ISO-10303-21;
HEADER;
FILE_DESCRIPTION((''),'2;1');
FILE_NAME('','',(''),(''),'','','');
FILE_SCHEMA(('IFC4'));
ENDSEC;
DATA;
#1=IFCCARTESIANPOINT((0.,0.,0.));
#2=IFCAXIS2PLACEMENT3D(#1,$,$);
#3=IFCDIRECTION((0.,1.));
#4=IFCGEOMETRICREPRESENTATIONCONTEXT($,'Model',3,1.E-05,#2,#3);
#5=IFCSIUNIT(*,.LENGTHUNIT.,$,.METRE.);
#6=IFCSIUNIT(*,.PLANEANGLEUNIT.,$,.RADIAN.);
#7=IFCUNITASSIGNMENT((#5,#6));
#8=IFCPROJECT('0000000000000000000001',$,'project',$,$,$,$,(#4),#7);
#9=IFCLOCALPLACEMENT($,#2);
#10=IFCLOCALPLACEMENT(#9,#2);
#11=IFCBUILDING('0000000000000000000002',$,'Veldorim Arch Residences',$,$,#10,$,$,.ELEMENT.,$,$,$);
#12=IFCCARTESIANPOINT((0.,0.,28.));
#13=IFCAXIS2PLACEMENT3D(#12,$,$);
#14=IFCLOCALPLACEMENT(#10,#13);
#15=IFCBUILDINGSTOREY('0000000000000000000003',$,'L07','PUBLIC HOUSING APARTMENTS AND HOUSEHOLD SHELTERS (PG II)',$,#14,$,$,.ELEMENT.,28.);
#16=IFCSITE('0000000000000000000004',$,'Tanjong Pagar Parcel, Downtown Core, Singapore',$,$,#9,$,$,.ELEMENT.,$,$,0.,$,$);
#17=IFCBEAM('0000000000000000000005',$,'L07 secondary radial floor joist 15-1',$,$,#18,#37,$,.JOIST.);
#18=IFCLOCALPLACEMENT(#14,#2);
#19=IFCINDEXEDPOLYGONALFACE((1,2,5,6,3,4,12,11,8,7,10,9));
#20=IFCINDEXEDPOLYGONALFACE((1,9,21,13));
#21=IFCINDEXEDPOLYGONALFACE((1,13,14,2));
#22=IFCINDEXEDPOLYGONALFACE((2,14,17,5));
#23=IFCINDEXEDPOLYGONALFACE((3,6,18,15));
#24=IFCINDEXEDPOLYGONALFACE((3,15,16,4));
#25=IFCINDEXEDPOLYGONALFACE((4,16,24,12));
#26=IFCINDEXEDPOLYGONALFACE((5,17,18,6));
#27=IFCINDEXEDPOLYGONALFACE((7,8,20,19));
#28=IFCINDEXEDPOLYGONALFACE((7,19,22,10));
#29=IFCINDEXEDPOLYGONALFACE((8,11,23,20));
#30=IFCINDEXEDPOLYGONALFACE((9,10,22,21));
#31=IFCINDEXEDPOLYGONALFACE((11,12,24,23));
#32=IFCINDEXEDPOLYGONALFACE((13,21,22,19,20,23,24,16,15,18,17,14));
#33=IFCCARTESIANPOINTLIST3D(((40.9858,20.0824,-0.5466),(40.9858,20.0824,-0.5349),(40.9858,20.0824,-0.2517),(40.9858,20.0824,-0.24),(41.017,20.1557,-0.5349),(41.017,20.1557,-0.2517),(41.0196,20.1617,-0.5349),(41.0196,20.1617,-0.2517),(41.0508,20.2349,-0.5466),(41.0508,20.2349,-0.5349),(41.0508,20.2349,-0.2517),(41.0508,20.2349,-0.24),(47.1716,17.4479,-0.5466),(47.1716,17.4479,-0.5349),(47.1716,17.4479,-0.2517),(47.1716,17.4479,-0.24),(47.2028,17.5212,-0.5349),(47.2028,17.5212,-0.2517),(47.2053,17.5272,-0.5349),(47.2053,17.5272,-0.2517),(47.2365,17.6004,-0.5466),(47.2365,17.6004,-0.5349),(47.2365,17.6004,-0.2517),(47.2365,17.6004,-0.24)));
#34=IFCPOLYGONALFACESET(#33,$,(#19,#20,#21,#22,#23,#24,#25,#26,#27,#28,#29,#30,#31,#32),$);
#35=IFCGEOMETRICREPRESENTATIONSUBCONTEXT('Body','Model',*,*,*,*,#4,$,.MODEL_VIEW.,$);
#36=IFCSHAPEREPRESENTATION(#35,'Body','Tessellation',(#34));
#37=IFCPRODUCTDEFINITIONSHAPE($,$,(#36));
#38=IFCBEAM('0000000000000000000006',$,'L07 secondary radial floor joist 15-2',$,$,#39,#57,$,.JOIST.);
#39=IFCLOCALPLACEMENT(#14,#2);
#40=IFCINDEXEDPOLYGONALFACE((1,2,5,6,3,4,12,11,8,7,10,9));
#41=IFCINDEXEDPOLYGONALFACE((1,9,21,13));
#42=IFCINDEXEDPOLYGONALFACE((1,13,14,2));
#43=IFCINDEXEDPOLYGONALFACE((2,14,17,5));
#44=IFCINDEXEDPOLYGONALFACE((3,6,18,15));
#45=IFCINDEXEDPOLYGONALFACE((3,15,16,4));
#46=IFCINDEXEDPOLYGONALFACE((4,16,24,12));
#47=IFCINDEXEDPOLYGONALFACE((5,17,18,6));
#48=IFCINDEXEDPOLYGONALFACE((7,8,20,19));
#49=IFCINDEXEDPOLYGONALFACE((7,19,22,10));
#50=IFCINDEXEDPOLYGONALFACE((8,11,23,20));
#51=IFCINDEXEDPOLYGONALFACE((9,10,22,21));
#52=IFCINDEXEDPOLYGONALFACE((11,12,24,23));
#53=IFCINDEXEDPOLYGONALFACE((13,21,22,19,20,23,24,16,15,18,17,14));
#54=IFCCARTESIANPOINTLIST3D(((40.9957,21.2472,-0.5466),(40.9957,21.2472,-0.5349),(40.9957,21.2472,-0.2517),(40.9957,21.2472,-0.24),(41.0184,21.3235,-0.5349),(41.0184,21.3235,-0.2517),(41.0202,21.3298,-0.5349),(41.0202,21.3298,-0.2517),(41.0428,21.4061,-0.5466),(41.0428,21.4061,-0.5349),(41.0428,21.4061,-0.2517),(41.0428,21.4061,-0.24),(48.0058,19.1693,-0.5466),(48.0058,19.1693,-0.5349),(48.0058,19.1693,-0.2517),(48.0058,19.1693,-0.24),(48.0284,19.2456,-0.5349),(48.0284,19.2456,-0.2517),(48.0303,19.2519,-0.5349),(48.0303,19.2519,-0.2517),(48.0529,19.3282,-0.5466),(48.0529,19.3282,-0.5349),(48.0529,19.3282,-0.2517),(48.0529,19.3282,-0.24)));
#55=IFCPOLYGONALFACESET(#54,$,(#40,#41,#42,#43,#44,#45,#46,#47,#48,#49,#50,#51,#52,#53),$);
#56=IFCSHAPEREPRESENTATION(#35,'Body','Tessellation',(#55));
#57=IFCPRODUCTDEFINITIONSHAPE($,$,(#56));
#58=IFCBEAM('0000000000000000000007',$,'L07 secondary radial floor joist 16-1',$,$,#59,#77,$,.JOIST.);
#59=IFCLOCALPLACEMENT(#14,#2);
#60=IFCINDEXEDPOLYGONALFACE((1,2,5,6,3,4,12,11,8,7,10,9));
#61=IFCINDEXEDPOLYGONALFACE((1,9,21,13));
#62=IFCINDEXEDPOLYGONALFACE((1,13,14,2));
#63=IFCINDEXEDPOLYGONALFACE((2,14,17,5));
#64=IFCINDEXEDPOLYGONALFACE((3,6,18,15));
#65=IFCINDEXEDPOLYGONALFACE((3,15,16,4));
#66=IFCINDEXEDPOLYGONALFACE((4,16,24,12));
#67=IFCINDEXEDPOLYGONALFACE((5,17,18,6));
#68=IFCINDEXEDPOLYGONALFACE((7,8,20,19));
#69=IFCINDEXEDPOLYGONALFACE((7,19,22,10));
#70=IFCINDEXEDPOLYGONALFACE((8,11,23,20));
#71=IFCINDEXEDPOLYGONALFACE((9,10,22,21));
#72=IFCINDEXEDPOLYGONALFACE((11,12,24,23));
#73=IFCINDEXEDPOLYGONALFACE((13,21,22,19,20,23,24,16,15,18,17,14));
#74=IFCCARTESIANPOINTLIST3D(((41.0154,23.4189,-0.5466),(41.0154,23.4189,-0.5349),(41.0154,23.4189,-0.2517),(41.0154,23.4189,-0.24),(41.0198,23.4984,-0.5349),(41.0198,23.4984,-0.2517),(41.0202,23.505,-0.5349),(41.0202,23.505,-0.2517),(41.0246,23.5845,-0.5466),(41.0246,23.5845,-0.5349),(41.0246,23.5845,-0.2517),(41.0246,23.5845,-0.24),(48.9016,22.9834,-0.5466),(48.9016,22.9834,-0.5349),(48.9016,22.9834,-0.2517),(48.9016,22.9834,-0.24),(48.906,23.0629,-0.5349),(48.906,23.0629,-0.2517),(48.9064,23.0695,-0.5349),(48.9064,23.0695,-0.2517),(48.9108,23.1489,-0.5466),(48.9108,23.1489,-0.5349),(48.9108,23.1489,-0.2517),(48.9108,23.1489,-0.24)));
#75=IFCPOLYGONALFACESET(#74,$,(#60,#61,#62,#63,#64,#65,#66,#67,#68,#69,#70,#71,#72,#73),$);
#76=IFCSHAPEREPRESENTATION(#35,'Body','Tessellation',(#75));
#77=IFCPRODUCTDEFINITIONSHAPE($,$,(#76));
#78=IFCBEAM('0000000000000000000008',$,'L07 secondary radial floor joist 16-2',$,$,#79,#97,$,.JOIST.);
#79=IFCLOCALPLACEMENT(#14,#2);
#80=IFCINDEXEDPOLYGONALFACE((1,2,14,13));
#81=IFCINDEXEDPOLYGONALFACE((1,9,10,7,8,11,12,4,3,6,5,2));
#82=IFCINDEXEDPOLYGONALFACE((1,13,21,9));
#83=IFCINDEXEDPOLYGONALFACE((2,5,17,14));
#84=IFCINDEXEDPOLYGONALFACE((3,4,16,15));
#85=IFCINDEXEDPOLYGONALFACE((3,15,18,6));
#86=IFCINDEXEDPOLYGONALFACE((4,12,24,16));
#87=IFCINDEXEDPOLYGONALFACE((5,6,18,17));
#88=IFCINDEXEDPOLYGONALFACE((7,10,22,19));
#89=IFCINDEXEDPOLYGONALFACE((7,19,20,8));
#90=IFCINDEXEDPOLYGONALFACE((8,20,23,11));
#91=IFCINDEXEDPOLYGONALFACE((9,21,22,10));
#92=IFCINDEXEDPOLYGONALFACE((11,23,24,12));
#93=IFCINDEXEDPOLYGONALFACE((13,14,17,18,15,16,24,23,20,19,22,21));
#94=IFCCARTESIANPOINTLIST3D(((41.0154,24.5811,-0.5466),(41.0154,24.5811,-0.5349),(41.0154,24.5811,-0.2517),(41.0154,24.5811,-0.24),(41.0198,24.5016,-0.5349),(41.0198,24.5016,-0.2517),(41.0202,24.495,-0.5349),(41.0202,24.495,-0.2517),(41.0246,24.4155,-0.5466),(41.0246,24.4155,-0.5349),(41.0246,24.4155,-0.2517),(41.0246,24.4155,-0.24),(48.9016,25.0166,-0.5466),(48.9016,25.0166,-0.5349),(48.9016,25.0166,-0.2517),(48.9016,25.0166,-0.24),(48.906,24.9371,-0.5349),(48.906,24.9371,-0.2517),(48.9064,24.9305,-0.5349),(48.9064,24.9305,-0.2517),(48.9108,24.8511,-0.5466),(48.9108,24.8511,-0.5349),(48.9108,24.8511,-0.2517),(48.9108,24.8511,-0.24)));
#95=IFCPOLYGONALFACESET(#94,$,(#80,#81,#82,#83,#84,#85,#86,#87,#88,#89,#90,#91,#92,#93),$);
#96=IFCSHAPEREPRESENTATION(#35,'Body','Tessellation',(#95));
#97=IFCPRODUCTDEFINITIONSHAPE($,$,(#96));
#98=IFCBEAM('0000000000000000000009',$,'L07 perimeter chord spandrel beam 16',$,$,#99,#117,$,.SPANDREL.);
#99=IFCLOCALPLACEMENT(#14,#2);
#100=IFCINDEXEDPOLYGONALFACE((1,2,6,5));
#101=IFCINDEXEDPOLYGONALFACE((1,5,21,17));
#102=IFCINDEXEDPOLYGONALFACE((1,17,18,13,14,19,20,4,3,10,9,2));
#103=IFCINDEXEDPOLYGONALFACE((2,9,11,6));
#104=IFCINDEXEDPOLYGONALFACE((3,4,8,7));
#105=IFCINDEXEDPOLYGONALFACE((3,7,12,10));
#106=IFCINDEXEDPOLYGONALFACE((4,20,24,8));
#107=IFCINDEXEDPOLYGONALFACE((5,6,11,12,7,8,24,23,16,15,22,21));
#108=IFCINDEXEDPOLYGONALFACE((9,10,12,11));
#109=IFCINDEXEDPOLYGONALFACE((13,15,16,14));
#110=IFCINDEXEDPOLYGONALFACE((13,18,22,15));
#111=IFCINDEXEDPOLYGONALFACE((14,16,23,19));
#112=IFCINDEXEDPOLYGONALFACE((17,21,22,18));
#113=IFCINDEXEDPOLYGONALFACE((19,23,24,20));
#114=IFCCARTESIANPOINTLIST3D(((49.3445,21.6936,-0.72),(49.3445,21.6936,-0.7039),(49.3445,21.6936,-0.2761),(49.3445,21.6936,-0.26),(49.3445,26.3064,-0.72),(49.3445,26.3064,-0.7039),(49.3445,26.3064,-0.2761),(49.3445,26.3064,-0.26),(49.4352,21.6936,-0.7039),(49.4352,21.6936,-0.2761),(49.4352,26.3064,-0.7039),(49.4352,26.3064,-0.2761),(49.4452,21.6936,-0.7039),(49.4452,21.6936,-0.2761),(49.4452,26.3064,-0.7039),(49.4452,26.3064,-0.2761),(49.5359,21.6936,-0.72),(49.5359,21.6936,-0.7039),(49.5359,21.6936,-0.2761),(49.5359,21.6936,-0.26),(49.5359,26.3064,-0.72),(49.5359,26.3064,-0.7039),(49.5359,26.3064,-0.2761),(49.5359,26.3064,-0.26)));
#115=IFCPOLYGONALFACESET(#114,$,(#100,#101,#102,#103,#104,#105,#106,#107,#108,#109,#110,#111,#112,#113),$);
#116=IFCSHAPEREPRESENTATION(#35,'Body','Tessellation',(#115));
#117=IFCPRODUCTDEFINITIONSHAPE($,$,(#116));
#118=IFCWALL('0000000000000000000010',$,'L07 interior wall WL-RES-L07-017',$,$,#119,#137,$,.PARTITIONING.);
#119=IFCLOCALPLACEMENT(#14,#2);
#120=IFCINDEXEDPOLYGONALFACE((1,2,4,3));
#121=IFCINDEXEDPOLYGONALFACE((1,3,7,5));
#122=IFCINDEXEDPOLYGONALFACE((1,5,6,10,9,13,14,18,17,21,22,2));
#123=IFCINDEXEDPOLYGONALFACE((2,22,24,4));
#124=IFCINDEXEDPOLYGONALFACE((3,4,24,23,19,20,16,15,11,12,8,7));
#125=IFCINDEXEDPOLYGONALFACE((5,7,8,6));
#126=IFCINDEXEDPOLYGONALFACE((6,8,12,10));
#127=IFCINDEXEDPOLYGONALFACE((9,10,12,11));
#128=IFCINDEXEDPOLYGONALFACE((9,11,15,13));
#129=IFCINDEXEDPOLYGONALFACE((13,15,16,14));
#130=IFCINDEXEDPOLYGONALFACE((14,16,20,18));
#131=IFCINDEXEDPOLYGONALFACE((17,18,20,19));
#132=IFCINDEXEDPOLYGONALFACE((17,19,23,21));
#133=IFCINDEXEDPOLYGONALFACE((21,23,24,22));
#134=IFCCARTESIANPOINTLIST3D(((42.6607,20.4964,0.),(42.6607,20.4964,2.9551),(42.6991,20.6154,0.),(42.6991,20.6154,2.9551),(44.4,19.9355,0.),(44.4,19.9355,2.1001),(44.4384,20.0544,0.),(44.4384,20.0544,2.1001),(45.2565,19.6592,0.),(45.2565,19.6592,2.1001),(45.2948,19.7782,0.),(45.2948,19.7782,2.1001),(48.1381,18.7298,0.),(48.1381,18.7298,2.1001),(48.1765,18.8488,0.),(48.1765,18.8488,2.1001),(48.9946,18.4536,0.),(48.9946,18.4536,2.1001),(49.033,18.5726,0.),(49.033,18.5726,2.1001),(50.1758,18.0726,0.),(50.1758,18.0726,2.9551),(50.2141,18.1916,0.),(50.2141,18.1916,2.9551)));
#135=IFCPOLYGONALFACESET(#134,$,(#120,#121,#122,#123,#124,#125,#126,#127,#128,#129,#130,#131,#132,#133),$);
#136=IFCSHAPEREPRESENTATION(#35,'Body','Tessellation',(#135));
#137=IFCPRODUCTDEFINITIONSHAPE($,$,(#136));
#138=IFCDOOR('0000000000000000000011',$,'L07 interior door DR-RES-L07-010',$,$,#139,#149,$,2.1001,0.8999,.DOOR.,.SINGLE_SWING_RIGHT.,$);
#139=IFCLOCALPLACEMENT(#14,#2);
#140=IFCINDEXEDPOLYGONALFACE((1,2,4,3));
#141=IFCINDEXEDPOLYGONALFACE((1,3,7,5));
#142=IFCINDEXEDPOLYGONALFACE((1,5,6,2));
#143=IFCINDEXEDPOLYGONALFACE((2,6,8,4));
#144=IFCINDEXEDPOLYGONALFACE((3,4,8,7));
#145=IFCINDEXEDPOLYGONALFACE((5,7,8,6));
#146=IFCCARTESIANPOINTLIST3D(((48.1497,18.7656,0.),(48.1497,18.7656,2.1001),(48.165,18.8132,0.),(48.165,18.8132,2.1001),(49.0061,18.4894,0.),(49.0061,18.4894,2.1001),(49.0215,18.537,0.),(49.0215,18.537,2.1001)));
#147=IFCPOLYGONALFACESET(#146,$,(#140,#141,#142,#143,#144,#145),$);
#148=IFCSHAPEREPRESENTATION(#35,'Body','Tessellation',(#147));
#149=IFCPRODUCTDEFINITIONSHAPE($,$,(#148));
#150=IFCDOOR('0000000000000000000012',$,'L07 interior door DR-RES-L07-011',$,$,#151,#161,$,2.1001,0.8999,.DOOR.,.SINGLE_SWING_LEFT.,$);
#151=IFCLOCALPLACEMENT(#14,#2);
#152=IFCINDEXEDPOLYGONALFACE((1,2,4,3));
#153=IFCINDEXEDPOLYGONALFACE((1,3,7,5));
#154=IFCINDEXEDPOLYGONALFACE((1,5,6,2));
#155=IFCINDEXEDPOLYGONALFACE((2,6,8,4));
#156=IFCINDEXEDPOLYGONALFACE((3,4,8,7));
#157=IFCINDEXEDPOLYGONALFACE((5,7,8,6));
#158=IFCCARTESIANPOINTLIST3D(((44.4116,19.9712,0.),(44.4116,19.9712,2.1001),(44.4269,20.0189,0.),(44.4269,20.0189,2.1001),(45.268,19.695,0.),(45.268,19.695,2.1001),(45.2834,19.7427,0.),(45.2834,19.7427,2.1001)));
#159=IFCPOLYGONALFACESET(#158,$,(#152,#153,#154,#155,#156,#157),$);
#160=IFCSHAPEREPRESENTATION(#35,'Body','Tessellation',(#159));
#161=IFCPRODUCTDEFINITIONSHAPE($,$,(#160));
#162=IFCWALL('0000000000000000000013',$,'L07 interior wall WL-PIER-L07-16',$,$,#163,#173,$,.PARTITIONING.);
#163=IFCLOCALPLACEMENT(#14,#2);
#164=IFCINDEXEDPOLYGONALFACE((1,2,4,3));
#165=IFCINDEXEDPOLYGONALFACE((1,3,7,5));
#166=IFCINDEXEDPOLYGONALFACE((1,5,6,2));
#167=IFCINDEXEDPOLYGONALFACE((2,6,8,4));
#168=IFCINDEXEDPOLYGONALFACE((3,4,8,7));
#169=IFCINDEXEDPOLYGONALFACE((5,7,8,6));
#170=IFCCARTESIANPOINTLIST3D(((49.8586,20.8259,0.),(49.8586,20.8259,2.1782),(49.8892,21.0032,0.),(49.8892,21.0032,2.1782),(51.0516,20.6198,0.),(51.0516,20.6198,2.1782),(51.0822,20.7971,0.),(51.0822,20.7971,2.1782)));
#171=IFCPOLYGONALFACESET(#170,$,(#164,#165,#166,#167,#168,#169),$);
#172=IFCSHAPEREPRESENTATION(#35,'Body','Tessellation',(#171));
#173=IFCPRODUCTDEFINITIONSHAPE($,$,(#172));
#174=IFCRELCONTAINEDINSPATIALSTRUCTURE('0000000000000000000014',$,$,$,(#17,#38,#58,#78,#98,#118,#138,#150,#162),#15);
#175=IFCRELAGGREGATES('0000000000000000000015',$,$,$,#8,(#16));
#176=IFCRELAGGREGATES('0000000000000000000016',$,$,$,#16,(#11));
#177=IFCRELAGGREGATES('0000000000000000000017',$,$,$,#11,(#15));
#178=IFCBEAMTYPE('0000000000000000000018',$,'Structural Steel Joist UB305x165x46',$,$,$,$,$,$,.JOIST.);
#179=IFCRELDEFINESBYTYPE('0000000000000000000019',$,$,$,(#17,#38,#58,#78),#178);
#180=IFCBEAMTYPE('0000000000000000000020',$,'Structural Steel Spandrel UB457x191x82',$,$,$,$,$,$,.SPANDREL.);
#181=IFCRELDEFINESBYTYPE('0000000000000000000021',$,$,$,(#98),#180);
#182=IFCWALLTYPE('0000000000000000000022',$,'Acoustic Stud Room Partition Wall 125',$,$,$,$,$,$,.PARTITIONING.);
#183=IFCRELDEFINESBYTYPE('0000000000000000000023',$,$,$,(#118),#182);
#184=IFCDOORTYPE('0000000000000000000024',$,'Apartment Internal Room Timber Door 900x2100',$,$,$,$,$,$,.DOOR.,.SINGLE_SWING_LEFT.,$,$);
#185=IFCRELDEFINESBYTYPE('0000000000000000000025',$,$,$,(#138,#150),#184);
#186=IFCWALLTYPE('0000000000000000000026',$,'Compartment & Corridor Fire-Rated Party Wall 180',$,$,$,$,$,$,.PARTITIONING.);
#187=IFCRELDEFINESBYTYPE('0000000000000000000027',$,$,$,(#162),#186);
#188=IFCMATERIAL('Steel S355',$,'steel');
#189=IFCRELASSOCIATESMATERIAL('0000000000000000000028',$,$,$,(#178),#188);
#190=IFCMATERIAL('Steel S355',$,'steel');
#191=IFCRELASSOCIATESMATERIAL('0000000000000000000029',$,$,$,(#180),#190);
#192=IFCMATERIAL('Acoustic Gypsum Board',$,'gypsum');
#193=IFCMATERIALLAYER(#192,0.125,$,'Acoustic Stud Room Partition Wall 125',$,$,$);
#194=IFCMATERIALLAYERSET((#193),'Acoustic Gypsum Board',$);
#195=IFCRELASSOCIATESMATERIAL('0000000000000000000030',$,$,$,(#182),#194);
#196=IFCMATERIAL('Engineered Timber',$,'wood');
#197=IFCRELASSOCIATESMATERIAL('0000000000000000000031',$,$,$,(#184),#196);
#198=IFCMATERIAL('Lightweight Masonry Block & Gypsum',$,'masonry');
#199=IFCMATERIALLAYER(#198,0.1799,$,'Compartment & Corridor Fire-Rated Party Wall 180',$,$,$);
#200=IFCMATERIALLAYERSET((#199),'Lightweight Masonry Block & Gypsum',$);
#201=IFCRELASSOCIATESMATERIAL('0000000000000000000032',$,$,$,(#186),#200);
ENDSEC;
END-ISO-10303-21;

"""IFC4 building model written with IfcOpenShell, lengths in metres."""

from ifc_helpers import new_model, si_unit, direction, frame, frame_2d, origin, origin_2d, place, context, subcontext, project, spatial, rectangle, i_section, extrude, material, layer, layer_set, material_profile, profile_set, type_object, element, fill, save


model = new_model("IFC4")

# Units and contexts
model_context = context("Model", 3, precision=1e-05, world=origin(), true_north=direction((0.0, 1.0)))
body_context = subcontext(model_context, "Body", "Model", "MODEL_VIEW")
ifc_project = project(units=[si_unit("LENGTHUNIT", "METRE"), si_unit("PLANEANGLEUNIT", "RADIAN")], contexts=[model_context])

# Site, building, storey
site_placement = place(None, origin())
site = spatial("IfcSite", under=ifc_project, at=site_placement, Name="Tanjong Pagar Parcel, Downtown Core, Singapore", CompositionType="ELEMENT", RefElevation=0.0)
building_placement = place(site_placement, origin())
building = spatial("IfcBuilding", under=site, at=building_placement, Name="Veldorim Arch Residences", CompositionType="ELEMENT")
storey_placement = place(building_placement, frame((0.0, 0.0, 28.0)))
storey = spatial("IfcBuildingStorey", under=building, at=storey_placement, Name="L07", Description="PUBLIC HOUSING APARTMENTS AND HOUSEHOLD SHELTERS (PG II)", CompositionType="ELEMENT", Elevation=28.0)

# Beams
ifc_material_1 = material(Name="Steel S355", Category="steel")
ifc_material_profile_1 = material_profile(ifc_material_1, i_section(OverallWidth=0.1658, OverallDepth=0.3066, WebThickness=0.0066, FlangeThickness=0.0117, at=origin_2d()), Name="UB305x165x46")
ifc_profile_set_1 = profile_set([ifc_material_profile_1], Name="Steel S355")
beam_type_1 = type_object("IfcBeamType", Name="Structural Steel Joist UB305x165x46", PredefinedType="JOIST", material=ifc_profile_set_1)
beam_1_placement = place(storey_placement, frame((41.0183, 20.1587, -0.3933), z_axis=(0.920033, -0.391841, 0.0), x_axis=(0.391841, 0.920033, 0.0)))
element("IfcBeam", 1, at=beam_1_placement, inside=storey, type_object=beam_type_1, Name="L07 secondary radial floor joist 15-1", PredefinedType="JOIST", context=body_context, shape_type="SweptSolid", body=[
    extrude(i_section(OverallWidth=0.1658, OverallDepth=0.3066, WebThickness=0.0066, FlangeThickness=0.0117, at=origin_2d()), origin(), (0.0, 0.0, 1.0), 6.7234),
])
beam_2_placement = place(storey_placement, frame((41.0193, 21.3267, -0.3933), z_axis=(0.958767, -0.284194, 0.0), x_axis=(0.284194, 0.958767, 0.0)))
element("IfcBeam", 2, at=beam_2_placement, inside=storey, type_object=beam_type_1, Name="L07 secondary radial floor joist 15-2", PredefinedType="JOIST", context=body_context, shape_type="SweptSolid", body=[
    extrude(i_section(OverallWidth=0.1658, OverallDepth=0.3066, WebThickness=0.0066, FlangeThickness=0.0117, at=origin_2d()), origin(), (0.0, 0.0, 1.0), 7.3115),
])
for number, where, z_axis, x_axis, name in (
    (3, (41.02, 23.5017, -0.3933), (0.998478, -0.055145, 0.0), (0.055145, 0.998478, 0.0), "L07 secondary radial floor joist 16-1"),
    (4, (41.02, 24.4983, -0.3933), (0.998478, 0.055145, 0.0), (-0.055145, 0.998478, 0.0), "L07 secondary radial floor joist 16-2"),
):
    element("IfcBeam", number, at=place(storey_placement, frame(where, z_axis=z_axis, x_axis=x_axis)), inside=storey, type_object=beam_type_1, Name=name, PredefinedType="JOIST", context=body_context, shape_type="SweptSolid", body=[
        extrude(i_section(OverallWidth=0.1658, OverallDepth=0.3066, WebThickness=0.0066, FlangeThickness=0.0117, at=origin_2d()), origin(), (0.0, 0.0, 1.0), 7.8982),
    ])
ifc_material_2 = material(Name="Steel S355", Category="steel")
ifc_material_profile_2 = material_profile(ifc_material_2, i_section(OverallWidth=0.1914, OverallDepth=0.46, WebThickness=0.01, FlangeThickness=0.0161, at=origin_2d()), Name="UB457x191x82")
ifc_profile_set_2 = profile_set([ifc_material_profile_2], Name="Steel S355")
beam_type_2 = type_object("IfcBeamType", Name="Structural Steel Spandrel UB457x191x82", PredefinedType="SPANDREL", material=ifc_profile_set_2)
beam_3_placement = place(storey_placement, frame((49.4402, 21.6936, -0.49), z_axis=(0.0, 1.0, 0.0), x_axis=(-1.0, 0.0, 0.0)))
element("IfcBeam", 5, at=beam_3_placement, inside=storey, type_object=beam_type_2, Name="L07 perimeter chord spandrel beam 16", PredefinedType="SPANDREL", context=body_context, shape_type="SweptSolid", body=[
    extrude(i_section(OverallWidth=0.1914, OverallDepth=0.46, WebThickness=0.01, FlangeThickness=0.0161, at=origin_2d()), origin(), (0.0, 0.0, 1.0), 4.6128),
])

# Wall, openings, doors
ifc_material_3 = material(Name="Acoustic Gypsum Board", Category="gypsum")
ifc_layer_1 = layer(ifc_material_3, 0.125, Name="Acoustic Stud Room Partition Wall 125")
ifc_layer_set_1 = layer_set([ifc_layer_1], Name="Acoustic Gypsum Board")
wall_type_1 = type_object("IfcWallType", Name="Acoustic Stud Room Partition Wall 125", PredefinedType="PARTITIONING", material=ifc_layer_set_1)
wall_1_placement = place(storey_placement, frame((50.1951, 18.1321, 0.0), z_axis=(0.0, 0.0, 1.0), x_axis=(-0.951724, 0.306956, 0.0)))
wall_1 = element("IfcWall", 6, at=wall_1_placement, inside=storey, type_object=wall_type_1, Name="L07 interior wall WL-RES-L07-017", PredefinedType="PARTITIONING", context=body_context, shape_type="SweptSolid", body=[
    extrude(rectangle(XDim=7.8962, YDim=0.125, at=frame_2d((3.9482, 0.0))), origin(), (0.0, 0.0, 1.0), 2.9551),
])
opening_1_placement = place(wall_1_placement, frame((1.2412, 0.0, 0.0)))
opening_1 = element("IfcOpeningElement", 7, at=opening_1_placement, cuts=wall_1, PredefinedType="OPENING", context=body_context, shape_type="SweptSolid", body=[
    extrude(rectangle(XDim=0.8999, YDim=2.1001, at=frame_2d((0.45, 1.05))), frame((0.0, 0.0725, 0.0), z_axis=(0.0, -1.0, 0.0), x_axis=(1.0, 0.0, 0.0)), (0.0, 0.0, 1.0), 0.145),
])
opening_2_placement = place(wall_1_placement, frame((5.1689, 0.0, 0.0)))
opening_2 = element("IfcOpeningElement", 8, at=opening_2_placement, cuts=wall_1, PredefinedType="OPENING", context=body_context, shape_type="SweptSolid", body=[
    extrude(rectangle(XDim=0.8999, YDim=2.1001, at=frame_2d((0.45, 1.05))), frame((0.0, 0.0725, 0.0), z_axis=(0.0, -1.0, 0.0), x_axis=(1.0, 0.0, 0.0)), (0.0, 0.0, 1.0), 0.145),
])
ifc_material_4 = material(Name="Engineered Timber", Category="wood")
door_type_1 = type_object("IfcDoorType", Name="Apartment Internal Room Timber Door 900x2100", OperationType="SINGLE_SWING_LEFT", PredefinedType="DOOR", material=ifc_material_4)
door_1_placement = place(opening_1_placement, origin())
door_1 = element("IfcDoor", 9, at=door_1_placement, inside=storey, type_object=door_type_1, Name="L07 interior door DR-RES-L07-010", OperationType="SINGLE_SWING_RIGHT", OverallHeight=2.1001, OverallWidth=0.8999, PredefinedType="DOOR", context=body_context, shape_type="SweptSolid", body=[
    extrude(rectangle(XDim=0.8999, YDim=2.1001, at=frame_2d((0.45, 1.05))), frame((0.0, 0.0249, 0.0), z_axis=(0.0, -1.0, 0.0), x_axis=(1.0, 0.0, 0.0)), (0.0, 0.0, 1.0), 0.05),
])
fill(opening_1, door_1)
door_2_placement = place(opening_2_placement, origin())
door_2 = element("IfcDoor", 10, at=door_2_placement, inside=storey, type_object=door_type_1, Name="L07 interior door DR-RES-L07-011", OperationType="SINGLE_SWING_LEFT", OverallHeight=2.1001, OverallWidth=0.8999, PredefinedType="DOOR", context=body_context, shape_type="SweptSolid", body=[
    extrude(rectangle(XDim=0.8999, YDim=2.1001, at=frame_2d((0.45, 1.05))), frame((0.0, 0.0249, 0.0), z_axis=(0.0, -1.0, 0.0), x_axis=(1.0, 0.0, 0.0)), (0.0, 0.0, 1.0), 0.05),
])
fill(opening_2, door_2)

# Wall
ifc_material_5 = material(Name="Lightweight Masonry Block & Gypsum", Category="masonry")
ifc_layer_2 = layer(ifc_material_5, 0.1799, Name="Compartment & Corridor Fire-Rated Party Wall 180")
ifc_layer_set_2 = layer_set([ifc_layer_2], Name="Lightweight Masonry Block & Gypsum")
wall_type_2 = type_object("IfcWallType", Name="Compartment & Corridor Fire-Rated Party Wall 180", PredefinedType="PARTITIONING", material=ifc_layer_set_2)
wall_2_placement = place(storey_placement, frame((49.8738, 20.9146, 0.0), z_axis=(0.0, 0.0, 1.0), x_axis=(0.985412, -0.170184, 0.0)))
element("IfcWall", 11, at=wall_2_placement, inside=storey, type_object=wall_type_2, Name="L07 interior wall WL-PIER-L07-16", PredefinedType="PARTITIONING", context=body_context, shape_type="SweptSolid", body=[
    extrude(rectangle(XDim=1.2107, YDim=0.1799, at=frame_2d((0.6055, 0.0))), origin(), (0.0, 0.0, 1.0), 2.1782),
])

save(model, "model.ifc")
